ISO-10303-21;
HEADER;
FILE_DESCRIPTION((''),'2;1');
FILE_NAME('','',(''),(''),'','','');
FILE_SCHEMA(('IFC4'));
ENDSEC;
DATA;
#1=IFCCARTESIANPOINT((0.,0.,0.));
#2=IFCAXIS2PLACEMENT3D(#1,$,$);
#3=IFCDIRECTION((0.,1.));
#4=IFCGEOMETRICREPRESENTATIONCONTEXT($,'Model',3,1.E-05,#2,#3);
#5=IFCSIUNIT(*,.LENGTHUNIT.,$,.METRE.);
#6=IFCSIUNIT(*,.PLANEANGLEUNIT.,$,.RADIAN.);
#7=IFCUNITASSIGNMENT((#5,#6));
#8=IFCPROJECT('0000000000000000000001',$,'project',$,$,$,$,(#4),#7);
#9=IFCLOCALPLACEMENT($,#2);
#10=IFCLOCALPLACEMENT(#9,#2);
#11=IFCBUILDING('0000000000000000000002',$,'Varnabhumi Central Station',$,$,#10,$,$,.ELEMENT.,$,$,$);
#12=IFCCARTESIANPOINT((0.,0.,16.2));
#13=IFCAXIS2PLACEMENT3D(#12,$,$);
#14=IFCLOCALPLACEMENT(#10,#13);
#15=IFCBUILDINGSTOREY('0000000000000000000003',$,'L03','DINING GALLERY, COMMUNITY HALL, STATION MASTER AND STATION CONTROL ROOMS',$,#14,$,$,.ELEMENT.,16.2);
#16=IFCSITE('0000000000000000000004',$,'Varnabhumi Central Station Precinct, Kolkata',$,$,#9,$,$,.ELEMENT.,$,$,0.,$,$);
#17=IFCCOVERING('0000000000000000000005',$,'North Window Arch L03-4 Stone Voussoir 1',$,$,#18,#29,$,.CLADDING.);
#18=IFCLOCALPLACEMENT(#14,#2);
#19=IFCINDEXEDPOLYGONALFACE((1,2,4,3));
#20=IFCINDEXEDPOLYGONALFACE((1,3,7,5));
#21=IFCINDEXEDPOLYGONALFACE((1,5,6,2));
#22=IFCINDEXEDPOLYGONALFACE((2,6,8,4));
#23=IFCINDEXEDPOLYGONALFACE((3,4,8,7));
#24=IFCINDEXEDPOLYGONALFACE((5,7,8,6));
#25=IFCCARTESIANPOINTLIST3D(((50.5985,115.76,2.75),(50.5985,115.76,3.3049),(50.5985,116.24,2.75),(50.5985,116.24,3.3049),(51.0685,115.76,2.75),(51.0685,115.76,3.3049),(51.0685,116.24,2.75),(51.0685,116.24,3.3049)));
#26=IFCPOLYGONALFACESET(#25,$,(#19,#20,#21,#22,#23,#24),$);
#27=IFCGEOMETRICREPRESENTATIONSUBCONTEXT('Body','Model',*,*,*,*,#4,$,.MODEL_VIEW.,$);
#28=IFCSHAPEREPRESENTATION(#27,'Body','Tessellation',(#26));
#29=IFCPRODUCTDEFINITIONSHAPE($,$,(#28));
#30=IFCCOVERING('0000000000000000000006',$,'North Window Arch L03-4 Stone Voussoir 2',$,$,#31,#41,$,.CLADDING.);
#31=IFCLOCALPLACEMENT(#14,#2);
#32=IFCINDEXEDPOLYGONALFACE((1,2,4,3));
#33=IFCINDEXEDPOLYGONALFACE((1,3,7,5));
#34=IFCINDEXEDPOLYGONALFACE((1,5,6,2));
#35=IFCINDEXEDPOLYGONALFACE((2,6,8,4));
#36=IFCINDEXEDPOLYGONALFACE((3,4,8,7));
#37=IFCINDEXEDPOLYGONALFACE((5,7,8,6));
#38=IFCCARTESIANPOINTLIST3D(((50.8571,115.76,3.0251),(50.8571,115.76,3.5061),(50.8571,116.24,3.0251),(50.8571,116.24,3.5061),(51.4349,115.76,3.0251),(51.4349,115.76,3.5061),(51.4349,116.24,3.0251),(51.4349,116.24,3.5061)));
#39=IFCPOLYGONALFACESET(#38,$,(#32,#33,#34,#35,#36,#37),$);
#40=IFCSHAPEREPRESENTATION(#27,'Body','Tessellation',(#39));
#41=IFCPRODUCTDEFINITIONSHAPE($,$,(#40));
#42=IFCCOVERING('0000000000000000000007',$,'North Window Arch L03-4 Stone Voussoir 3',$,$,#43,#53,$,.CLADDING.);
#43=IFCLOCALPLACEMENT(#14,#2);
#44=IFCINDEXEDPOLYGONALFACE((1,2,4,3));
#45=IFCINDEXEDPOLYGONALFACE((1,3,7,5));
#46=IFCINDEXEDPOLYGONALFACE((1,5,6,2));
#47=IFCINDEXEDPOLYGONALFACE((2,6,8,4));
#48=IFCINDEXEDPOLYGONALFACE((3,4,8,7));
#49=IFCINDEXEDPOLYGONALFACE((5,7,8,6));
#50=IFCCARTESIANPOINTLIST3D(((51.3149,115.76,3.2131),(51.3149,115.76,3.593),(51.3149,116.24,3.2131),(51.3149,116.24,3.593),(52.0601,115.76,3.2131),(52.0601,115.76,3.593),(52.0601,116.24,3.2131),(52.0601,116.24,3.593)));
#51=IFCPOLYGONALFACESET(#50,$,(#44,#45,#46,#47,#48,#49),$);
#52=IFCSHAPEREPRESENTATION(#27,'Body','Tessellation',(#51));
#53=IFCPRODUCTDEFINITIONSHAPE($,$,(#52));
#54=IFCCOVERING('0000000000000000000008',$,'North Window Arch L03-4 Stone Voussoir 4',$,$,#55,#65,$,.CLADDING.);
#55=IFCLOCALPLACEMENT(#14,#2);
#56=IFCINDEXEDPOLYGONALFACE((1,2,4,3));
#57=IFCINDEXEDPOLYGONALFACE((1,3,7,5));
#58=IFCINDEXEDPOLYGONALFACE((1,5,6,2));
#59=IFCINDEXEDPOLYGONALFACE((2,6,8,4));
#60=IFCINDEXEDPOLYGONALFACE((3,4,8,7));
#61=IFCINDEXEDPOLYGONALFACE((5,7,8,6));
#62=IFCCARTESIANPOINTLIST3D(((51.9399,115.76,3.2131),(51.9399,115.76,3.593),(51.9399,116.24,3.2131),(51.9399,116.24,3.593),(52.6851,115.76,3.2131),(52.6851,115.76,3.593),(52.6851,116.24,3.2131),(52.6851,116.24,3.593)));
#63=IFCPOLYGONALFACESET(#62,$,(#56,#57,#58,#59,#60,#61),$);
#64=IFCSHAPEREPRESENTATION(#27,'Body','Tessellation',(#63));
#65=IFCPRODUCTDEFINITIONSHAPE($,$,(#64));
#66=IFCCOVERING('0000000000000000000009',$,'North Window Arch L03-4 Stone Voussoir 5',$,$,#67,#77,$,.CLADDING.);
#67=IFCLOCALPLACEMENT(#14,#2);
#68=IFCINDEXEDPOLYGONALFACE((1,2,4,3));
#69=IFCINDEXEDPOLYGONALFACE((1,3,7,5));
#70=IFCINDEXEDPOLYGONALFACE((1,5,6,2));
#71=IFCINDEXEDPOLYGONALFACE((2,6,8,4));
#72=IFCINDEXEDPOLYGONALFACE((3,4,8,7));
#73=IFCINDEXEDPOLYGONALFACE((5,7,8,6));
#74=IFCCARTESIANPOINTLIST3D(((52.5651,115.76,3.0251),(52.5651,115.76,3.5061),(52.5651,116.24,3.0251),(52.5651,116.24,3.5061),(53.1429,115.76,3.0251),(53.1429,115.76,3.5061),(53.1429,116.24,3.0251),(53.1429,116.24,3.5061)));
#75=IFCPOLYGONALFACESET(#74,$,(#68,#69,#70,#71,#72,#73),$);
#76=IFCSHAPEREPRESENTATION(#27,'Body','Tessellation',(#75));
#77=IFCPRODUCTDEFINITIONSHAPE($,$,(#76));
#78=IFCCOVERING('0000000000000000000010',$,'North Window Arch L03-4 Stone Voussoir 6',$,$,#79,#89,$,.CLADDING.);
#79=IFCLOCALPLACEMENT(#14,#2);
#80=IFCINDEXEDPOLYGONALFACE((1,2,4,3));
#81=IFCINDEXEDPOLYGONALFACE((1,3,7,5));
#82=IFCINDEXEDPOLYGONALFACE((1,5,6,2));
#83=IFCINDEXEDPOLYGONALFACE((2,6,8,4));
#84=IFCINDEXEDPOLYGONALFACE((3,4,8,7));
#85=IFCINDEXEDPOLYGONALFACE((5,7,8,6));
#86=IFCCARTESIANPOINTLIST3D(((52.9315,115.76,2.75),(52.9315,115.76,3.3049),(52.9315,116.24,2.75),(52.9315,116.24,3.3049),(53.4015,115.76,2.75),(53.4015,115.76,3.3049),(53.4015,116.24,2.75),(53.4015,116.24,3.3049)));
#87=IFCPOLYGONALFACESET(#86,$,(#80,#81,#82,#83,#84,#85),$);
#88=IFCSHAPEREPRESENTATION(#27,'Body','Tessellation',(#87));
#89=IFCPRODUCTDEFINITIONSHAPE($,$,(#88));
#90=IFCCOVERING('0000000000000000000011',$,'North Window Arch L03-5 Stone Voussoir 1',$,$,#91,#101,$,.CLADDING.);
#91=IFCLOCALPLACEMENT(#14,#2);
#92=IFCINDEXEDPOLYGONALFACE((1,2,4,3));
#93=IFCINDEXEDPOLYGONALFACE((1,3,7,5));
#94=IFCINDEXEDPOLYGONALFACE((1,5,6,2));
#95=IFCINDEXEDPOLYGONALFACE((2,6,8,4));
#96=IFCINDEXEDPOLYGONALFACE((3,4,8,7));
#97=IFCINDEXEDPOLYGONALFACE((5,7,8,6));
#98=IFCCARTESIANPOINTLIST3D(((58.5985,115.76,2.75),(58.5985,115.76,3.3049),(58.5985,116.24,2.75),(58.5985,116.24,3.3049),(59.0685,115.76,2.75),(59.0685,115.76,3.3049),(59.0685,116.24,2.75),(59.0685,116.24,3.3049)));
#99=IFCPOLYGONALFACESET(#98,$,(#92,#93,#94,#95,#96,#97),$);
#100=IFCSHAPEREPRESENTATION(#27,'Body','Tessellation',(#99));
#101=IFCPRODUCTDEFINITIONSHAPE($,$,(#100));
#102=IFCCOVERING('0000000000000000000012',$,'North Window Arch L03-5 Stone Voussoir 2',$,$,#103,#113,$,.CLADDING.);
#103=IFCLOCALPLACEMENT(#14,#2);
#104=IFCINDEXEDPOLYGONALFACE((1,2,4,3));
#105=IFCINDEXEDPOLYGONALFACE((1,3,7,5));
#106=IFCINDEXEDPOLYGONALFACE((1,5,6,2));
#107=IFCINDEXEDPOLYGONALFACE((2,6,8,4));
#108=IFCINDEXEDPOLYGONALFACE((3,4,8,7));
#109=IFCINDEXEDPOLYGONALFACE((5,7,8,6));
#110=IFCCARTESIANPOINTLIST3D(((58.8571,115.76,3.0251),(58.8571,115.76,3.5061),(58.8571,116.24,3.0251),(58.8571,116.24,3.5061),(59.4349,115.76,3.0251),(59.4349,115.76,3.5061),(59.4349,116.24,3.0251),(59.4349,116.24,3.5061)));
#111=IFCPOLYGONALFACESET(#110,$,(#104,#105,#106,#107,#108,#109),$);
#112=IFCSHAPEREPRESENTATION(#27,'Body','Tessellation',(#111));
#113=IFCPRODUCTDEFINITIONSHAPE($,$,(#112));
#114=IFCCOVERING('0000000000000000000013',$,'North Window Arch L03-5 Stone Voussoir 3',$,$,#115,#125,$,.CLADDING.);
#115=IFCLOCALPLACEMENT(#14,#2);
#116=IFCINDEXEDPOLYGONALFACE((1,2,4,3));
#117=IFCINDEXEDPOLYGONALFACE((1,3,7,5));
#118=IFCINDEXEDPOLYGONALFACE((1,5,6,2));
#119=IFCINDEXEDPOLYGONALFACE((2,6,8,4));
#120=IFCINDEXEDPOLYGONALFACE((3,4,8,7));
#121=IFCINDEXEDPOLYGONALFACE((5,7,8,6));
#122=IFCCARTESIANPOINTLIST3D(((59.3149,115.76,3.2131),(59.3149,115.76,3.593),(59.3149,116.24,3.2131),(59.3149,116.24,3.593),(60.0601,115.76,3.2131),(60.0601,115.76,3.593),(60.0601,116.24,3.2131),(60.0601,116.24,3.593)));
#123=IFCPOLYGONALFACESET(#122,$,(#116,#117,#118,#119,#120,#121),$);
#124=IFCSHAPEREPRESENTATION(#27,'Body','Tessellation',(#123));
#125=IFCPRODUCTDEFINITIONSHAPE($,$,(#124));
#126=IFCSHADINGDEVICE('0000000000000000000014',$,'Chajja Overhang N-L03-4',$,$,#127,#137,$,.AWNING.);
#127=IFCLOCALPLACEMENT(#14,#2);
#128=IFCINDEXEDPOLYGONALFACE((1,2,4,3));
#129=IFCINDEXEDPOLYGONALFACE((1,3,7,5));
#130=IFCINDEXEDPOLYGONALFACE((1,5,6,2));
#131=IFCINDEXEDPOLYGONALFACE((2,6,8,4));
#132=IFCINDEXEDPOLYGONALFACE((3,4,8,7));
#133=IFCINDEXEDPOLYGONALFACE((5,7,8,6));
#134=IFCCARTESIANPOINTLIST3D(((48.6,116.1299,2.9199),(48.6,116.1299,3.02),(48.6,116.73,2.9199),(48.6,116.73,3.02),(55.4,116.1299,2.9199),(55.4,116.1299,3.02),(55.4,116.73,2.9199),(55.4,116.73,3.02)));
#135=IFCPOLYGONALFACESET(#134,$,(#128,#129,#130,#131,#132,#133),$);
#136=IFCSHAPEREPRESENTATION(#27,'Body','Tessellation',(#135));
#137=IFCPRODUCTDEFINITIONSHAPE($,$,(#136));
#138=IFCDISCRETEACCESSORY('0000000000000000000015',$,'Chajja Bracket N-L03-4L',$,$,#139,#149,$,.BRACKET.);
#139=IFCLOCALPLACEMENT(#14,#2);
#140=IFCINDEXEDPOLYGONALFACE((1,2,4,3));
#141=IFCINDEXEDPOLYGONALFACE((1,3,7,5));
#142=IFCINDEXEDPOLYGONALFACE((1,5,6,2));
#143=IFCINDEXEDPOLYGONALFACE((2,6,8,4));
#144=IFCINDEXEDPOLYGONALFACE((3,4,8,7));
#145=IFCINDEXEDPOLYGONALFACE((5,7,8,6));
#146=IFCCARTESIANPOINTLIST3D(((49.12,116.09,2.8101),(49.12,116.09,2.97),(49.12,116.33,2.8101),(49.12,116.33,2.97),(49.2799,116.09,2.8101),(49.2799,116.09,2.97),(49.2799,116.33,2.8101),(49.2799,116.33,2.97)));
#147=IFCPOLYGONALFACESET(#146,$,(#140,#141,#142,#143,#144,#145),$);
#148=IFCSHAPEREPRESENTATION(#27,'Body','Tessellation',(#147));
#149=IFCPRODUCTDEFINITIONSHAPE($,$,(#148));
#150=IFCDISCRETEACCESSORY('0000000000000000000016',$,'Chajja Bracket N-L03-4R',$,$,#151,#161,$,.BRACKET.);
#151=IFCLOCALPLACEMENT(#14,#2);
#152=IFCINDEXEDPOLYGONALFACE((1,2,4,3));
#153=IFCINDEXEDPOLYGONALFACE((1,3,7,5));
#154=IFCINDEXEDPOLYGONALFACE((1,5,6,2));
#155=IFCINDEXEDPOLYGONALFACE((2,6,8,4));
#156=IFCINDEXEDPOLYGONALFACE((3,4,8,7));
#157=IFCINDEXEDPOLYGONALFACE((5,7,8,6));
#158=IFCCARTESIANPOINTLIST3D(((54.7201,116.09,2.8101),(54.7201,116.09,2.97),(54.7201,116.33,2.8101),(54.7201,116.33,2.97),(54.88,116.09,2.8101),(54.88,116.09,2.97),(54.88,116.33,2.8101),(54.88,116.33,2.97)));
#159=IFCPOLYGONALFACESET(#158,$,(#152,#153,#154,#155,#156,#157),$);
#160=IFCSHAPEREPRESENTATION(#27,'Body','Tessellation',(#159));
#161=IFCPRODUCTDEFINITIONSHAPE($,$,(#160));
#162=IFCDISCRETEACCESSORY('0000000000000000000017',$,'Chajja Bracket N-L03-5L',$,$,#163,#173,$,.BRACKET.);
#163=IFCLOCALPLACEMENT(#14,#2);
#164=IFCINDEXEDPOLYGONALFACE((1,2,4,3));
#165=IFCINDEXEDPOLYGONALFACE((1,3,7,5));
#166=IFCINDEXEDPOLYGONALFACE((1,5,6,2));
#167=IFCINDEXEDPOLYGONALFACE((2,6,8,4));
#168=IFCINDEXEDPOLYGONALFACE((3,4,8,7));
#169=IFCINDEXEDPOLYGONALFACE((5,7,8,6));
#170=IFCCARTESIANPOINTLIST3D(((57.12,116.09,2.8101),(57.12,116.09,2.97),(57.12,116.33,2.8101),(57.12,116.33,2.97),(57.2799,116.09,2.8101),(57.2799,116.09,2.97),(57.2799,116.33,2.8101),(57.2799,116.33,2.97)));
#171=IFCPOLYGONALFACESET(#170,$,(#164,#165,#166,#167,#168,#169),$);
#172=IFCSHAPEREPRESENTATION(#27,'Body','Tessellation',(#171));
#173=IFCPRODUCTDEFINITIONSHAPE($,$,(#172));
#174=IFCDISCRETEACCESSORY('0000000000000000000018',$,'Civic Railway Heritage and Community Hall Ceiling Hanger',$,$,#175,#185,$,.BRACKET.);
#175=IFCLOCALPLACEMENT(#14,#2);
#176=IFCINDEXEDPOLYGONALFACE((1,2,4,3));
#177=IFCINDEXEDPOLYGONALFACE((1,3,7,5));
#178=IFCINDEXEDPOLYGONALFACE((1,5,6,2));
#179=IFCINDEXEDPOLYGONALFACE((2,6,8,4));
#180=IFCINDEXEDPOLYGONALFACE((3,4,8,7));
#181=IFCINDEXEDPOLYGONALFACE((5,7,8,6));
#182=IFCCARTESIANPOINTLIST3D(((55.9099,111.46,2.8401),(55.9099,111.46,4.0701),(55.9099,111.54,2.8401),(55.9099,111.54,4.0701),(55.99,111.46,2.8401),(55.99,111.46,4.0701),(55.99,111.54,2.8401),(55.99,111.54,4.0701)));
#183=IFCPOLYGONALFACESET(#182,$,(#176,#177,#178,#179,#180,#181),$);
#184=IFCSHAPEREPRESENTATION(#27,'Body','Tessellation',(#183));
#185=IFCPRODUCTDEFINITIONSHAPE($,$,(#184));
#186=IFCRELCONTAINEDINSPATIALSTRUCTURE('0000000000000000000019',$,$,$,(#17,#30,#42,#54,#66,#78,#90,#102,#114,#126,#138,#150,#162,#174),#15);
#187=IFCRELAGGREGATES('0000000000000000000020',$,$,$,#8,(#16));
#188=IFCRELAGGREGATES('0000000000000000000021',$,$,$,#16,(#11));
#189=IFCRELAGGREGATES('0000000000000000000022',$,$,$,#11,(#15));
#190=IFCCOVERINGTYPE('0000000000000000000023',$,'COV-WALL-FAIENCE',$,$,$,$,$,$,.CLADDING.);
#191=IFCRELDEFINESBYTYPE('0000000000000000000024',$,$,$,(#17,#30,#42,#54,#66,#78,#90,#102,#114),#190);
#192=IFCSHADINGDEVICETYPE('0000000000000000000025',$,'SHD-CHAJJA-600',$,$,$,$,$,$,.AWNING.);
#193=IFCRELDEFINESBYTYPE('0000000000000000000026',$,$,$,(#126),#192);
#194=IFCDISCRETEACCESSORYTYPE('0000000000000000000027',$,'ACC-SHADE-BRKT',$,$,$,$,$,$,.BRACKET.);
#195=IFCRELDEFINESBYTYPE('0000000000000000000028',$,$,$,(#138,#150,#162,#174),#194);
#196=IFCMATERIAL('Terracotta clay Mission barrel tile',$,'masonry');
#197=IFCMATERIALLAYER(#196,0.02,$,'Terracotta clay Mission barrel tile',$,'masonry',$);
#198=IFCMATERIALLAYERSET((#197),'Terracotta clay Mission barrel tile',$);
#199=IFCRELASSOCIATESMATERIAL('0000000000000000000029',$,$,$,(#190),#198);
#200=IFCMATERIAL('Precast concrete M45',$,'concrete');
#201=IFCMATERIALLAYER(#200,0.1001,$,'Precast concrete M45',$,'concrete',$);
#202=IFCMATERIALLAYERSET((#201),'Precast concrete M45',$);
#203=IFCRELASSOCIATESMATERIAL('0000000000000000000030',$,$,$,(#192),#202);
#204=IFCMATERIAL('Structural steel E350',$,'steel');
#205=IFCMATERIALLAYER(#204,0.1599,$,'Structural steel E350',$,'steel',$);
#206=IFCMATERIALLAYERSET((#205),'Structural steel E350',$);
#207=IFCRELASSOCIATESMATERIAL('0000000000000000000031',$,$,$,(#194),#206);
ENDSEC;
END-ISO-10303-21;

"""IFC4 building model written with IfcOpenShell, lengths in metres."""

from ifc_helpers import new_model, si_unit, direction, frame, origin, origin_2d, place, context, subcontext, project, spatial, rectangle, extrude, material, layer, layer_set, type_object, element, save


model = new_model("IFC4")

# Units and contexts
model_context = context("Model", 3, precision=1e-05, world=origin(), true_north=direction((0.0, 1.0)))
body_context = subcontext(model_context, "Body", "Model", "MODEL_VIEW")
ifc_project = project(units=[si_unit("LENGTHUNIT", "METRE"), si_unit("PLANEANGLEUNIT", "RADIAN")], contexts=[model_context])

# Site, building, storey
site_placement = place(None, origin())
site = spatial("IfcSite", under=ifc_project, at=site_placement, Name="Varnabhumi Central Station Precinct, Kolkata", CompositionType="ELEMENT", RefElevation=0.0)
building_placement = place(site_placement, origin())
building = spatial("IfcBuilding", under=site, at=building_placement, Name="Varnabhumi Central Station", CompositionType="ELEMENT")
storey_placement = place(building_placement, frame((0.0, 0.0, 16.2)))
storey = spatial("IfcBuildingStorey", under=building, at=storey_placement, Name="L03", Description="DINING GALLERY, COMMUNITY HALL, STATION MASTER AND STATION CONTROL ROOMS", CompositionType="ELEMENT", Elevation=16.2)

# Shared definitions
ifc_material_1 = material(Name="Structural steel E350", Category="steel")

# Coverings
ifc_material_2 = material(Name="Terracotta clay Mission barrel tile", Category="masonry")
ifc_layer_1 = layer(ifc_material_2, 0.02, Name="Terracotta clay Mission barrel tile", Category="masonry")
ifc_layer_set_1 = layer_set([ifc_layer_1], Name="Terracotta clay Mission barrel tile")
covering_type = type_object("IfcCoveringType", Name="COV-WALL-FAIENCE", PredefinedType="CLADDING", material=ifc_layer_set_1)
covering_1_placement = place(storey_placement, frame((50.8335, 116.0, 2.75), z_axis=(0.0, 0.0, 1.0), x_axis=(1.0, 0.0, 0.0)))
element("IfcCovering", 1, at=covering_1_placement, inside=storey, type_object=covering_type, Name="North Window Arch L03-4 Stone Voussoir 1", PredefinedType="CLADDING", context=body_context, shape_type="SweptSolid", body=[
    extrude(rectangle(XDim=0.47, YDim=0.48, at=origin_2d()), origin(), (0.0, 0.0, 1.0), 0.5549),
])
covering_2_placement = place(storey_placement, frame((51.146, 116.0, 3.0251), z_axis=(0.0, 0.0, 1.0), x_axis=(1.0, 0.0, 0.0)))
element("IfcCovering", 2, at=covering_2_placement, inside=storey, type_object=covering_type, Name="North Window Arch L03-4 Stone Voussoir 2", PredefinedType="CLADDING", context=body_context, shape_type="SweptSolid", body=[
    extrude(rectangle(XDim=0.5779, YDim=0.48, at=origin_2d()), origin(), (0.0, 0.0, 1.0), 0.481),
])
for number, where, z_axis, x_axis, name in (
    (3, (51.6875, 116.0, 3.2131), (0.0, 0.0, 1.0), (1.0, 0.0, 0.0), "North Window Arch L03-4 Stone Voussoir 3"),
    (4, (52.3125, 116.0, 3.2131), (0.0, 0.0, 1.0), (1.0, 0.0, 0.0), "North Window Arch L03-4 Stone Voussoir 4"),
):
    element("IfcCovering", number, at=place(storey_placement, frame(where, z_axis=z_axis, x_axis=x_axis)), inside=storey, type_object=covering_type, Name=name, PredefinedType="CLADDING", context=body_context, shape_type="SweptSolid", body=[
        extrude(rectangle(XDim=0.7451, YDim=0.48, at=origin_2d()), origin(), (0.0, 0.0, 1.0), 0.3799),
    ])
covering_3_placement = place(storey_placement, frame((52.854, 116.0, 3.0251), z_axis=(0.0, 0.0, 1.0), x_axis=(1.0, 0.0, 0.0)))
element("IfcCovering", 5, at=covering_3_placement, inside=storey, type_object=covering_type, Name="North Window Arch L03-4 Stone Voussoir 5", PredefinedType="CLADDING", context=body_context, shape_type="SweptSolid", body=[
    extrude(rectangle(XDim=0.5779, YDim=0.48, at=origin_2d()), origin(), (0.0, 0.0, 1.0), 0.481),
])
for number, where, z_axis, x_axis, name in (
    (6, (53.1665, 116.0, 2.75), (0.0, 0.0, 1.0), (1.0, 0.0, 0.0), "North Window Arch L03-4 Stone Voussoir 6"),
    (7, (58.8335, 116.0, 2.75), (0.0, 0.0, 1.0), (1.0, 0.0, 0.0), "North Window Arch L03-5 Stone Voussoir 1"),
):
    element("IfcCovering", number, at=place(storey_placement, frame(where, z_axis=z_axis, x_axis=x_axis)), inside=storey, type_object=covering_type, Name=name, PredefinedType="CLADDING", context=body_context, shape_type="SweptSolid", body=[
        extrude(rectangle(XDim=0.47, YDim=0.48, at=origin_2d()), origin(), (0.0, 0.0, 1.0), 0.5549),
    ])
covering_4_placement = place(storey_placement, frame((59.146, 116.0, 3.0251), z_axis=(0.0, 0.0, 1.0), x_axis=(1.0, 0.0, 0.0)))
element("IfcCovering", 8, at=covering_4_placement, inside=storey, type_object=covering_type, Name="North Window Arch L03-5 Stone Voussoir 2", PredefinedType="CLADDING", context=body_context, shape_type="SweptSolid", body=[
    extrude(rectangle(XDim=0.5779, YDim=0.48, at=origin_2d()), origin(), (0.0, 0.0, 1.0), 0.481),
])
covering_5_placement = place(storey_placement, frame((59.6875, 116.0, 3.2131), z_axis=(0.0, 0.0, 1.0), x_axis=(1.0, 0.0, 0.0)))
element("IfcCovering", 9, at=covering_5_placement, inside=storey, type_object=covering_type, Name="North Window Arch L03-5 Stone Voussoir 3", PredefinedType="CLADDING", context=body_context, shape_type="SweptSolid", body=[
    extrude(rectangle(XDim=0.7451, YDim=0.48, at=origin_2d()), origin(), (0.0, 0.0, 1.0), 0.3799),
])

# Shading device
ifc_material_3 = material(Name="Precast concrete M45", Category="concrete")
ifc_layer_2 = layer(ifc_material_3, 0.1001, Name="Precast concrete M45", Category="concrete")
ifc_layer_set_2 = layer_set([ifc_layer_2], Name="Precast concrete M45")
shading_device_type = type_object("IfcShadingDeviceType", Name="SHD-CHAJJA-600", PredefinedType="AWNING", material=ifc_layer_set_2)
shading_device_placement = place(storey_placement, frame((52.0, 116.4299, 2.9199), z_axis=(0.0, 0.0, 1.0), x_axis=(1.0, 0.0, 0.0)))
element("IfcShadingDevice", 10, at=shading_device_placement, inside=storey, type_object=shading_device_type, Name="Chajja Overhang N-L03-4", PredefinedType="AWNING", context=body_context, shape_type="SweptSolid", body=[
    extrude(rectangle(XDim=6.8, YDim=0.6001, at=origin_2d()), origin(), (0.0, 0.0, 1.0), 0.1001),
])

# Discrete accessories
ifc_layer_3 = layer(ifc_material_1, 0.1599, Name="Structural steel E350", Category="steel")
ifc_layer_set_3 = layer_set([ifc_layer_3], Name="Structural steel E350")
discrete_accessory_type = type_object("IfcDiscreteAccessoryType", Name="ACC-SHADE-BRKT", PredefinedType="BRACKET", material=ifc_layer_set_3)
for number, where, z_axis, x_axis, name in (
    (11, (49.2, 116.21, 2.8101), (0.0, 0.0, 1.0), (1.0, 0.0, 0.0), "Chajja Bracket N-L03-4L"),
    (12, (54.8, 116.21, 2.8101), (0.0, 0.0, 1.0), (1.0, 0.0, 0.0), "Chajja Bracket N-L03-4R"),
    (13, (57.2, 116.21, 2.8101), (0.0, 0.0, 1.0), (1.0, 0.0, 0.0), "Chajja Bracket N-L03-5L"),
):
    element("IfcDiscreteAccessory", number, at=place(storey_placement, frame(where, z_axis=z_axis, x_axis=x_axis)), inside=storey, type_object=discrete_accessory_type, Name=name, PredefinedType="BRACKET", context=body_context, shape_type="SweptSolid", body=[
        extrude(rectangle(XDim=0.1599, YDim=0.24, at=origin_2d()), origin(), (0.0, 0.0, 1.0), 0.1599),
    ])
discrete_accessory_placement = place(storey_placement, frame((55.95, 111.5, 2.8401), z_axis=(0.0, 0.0, 1.0), x_axis=(1.0, 0.0, 0.0)))
element("IfcDiscreteAccessory", 14, at=discrete_accessory_placement, inside=storey, type_object=discrete_accessory_type, Name="Civic Railway Heritage and Community Hall Ceiling Hanger", PredefinedType="BRACKET", context=body_context, shape_type="SweptSolid", body=[
    extrude(rectangle(XDim=0.0801, YDim=0.0801, at=origin_2d()), origin(), (0.0, 0.0, 1.0), 1.23),
])

save(model, "model.ifc")
